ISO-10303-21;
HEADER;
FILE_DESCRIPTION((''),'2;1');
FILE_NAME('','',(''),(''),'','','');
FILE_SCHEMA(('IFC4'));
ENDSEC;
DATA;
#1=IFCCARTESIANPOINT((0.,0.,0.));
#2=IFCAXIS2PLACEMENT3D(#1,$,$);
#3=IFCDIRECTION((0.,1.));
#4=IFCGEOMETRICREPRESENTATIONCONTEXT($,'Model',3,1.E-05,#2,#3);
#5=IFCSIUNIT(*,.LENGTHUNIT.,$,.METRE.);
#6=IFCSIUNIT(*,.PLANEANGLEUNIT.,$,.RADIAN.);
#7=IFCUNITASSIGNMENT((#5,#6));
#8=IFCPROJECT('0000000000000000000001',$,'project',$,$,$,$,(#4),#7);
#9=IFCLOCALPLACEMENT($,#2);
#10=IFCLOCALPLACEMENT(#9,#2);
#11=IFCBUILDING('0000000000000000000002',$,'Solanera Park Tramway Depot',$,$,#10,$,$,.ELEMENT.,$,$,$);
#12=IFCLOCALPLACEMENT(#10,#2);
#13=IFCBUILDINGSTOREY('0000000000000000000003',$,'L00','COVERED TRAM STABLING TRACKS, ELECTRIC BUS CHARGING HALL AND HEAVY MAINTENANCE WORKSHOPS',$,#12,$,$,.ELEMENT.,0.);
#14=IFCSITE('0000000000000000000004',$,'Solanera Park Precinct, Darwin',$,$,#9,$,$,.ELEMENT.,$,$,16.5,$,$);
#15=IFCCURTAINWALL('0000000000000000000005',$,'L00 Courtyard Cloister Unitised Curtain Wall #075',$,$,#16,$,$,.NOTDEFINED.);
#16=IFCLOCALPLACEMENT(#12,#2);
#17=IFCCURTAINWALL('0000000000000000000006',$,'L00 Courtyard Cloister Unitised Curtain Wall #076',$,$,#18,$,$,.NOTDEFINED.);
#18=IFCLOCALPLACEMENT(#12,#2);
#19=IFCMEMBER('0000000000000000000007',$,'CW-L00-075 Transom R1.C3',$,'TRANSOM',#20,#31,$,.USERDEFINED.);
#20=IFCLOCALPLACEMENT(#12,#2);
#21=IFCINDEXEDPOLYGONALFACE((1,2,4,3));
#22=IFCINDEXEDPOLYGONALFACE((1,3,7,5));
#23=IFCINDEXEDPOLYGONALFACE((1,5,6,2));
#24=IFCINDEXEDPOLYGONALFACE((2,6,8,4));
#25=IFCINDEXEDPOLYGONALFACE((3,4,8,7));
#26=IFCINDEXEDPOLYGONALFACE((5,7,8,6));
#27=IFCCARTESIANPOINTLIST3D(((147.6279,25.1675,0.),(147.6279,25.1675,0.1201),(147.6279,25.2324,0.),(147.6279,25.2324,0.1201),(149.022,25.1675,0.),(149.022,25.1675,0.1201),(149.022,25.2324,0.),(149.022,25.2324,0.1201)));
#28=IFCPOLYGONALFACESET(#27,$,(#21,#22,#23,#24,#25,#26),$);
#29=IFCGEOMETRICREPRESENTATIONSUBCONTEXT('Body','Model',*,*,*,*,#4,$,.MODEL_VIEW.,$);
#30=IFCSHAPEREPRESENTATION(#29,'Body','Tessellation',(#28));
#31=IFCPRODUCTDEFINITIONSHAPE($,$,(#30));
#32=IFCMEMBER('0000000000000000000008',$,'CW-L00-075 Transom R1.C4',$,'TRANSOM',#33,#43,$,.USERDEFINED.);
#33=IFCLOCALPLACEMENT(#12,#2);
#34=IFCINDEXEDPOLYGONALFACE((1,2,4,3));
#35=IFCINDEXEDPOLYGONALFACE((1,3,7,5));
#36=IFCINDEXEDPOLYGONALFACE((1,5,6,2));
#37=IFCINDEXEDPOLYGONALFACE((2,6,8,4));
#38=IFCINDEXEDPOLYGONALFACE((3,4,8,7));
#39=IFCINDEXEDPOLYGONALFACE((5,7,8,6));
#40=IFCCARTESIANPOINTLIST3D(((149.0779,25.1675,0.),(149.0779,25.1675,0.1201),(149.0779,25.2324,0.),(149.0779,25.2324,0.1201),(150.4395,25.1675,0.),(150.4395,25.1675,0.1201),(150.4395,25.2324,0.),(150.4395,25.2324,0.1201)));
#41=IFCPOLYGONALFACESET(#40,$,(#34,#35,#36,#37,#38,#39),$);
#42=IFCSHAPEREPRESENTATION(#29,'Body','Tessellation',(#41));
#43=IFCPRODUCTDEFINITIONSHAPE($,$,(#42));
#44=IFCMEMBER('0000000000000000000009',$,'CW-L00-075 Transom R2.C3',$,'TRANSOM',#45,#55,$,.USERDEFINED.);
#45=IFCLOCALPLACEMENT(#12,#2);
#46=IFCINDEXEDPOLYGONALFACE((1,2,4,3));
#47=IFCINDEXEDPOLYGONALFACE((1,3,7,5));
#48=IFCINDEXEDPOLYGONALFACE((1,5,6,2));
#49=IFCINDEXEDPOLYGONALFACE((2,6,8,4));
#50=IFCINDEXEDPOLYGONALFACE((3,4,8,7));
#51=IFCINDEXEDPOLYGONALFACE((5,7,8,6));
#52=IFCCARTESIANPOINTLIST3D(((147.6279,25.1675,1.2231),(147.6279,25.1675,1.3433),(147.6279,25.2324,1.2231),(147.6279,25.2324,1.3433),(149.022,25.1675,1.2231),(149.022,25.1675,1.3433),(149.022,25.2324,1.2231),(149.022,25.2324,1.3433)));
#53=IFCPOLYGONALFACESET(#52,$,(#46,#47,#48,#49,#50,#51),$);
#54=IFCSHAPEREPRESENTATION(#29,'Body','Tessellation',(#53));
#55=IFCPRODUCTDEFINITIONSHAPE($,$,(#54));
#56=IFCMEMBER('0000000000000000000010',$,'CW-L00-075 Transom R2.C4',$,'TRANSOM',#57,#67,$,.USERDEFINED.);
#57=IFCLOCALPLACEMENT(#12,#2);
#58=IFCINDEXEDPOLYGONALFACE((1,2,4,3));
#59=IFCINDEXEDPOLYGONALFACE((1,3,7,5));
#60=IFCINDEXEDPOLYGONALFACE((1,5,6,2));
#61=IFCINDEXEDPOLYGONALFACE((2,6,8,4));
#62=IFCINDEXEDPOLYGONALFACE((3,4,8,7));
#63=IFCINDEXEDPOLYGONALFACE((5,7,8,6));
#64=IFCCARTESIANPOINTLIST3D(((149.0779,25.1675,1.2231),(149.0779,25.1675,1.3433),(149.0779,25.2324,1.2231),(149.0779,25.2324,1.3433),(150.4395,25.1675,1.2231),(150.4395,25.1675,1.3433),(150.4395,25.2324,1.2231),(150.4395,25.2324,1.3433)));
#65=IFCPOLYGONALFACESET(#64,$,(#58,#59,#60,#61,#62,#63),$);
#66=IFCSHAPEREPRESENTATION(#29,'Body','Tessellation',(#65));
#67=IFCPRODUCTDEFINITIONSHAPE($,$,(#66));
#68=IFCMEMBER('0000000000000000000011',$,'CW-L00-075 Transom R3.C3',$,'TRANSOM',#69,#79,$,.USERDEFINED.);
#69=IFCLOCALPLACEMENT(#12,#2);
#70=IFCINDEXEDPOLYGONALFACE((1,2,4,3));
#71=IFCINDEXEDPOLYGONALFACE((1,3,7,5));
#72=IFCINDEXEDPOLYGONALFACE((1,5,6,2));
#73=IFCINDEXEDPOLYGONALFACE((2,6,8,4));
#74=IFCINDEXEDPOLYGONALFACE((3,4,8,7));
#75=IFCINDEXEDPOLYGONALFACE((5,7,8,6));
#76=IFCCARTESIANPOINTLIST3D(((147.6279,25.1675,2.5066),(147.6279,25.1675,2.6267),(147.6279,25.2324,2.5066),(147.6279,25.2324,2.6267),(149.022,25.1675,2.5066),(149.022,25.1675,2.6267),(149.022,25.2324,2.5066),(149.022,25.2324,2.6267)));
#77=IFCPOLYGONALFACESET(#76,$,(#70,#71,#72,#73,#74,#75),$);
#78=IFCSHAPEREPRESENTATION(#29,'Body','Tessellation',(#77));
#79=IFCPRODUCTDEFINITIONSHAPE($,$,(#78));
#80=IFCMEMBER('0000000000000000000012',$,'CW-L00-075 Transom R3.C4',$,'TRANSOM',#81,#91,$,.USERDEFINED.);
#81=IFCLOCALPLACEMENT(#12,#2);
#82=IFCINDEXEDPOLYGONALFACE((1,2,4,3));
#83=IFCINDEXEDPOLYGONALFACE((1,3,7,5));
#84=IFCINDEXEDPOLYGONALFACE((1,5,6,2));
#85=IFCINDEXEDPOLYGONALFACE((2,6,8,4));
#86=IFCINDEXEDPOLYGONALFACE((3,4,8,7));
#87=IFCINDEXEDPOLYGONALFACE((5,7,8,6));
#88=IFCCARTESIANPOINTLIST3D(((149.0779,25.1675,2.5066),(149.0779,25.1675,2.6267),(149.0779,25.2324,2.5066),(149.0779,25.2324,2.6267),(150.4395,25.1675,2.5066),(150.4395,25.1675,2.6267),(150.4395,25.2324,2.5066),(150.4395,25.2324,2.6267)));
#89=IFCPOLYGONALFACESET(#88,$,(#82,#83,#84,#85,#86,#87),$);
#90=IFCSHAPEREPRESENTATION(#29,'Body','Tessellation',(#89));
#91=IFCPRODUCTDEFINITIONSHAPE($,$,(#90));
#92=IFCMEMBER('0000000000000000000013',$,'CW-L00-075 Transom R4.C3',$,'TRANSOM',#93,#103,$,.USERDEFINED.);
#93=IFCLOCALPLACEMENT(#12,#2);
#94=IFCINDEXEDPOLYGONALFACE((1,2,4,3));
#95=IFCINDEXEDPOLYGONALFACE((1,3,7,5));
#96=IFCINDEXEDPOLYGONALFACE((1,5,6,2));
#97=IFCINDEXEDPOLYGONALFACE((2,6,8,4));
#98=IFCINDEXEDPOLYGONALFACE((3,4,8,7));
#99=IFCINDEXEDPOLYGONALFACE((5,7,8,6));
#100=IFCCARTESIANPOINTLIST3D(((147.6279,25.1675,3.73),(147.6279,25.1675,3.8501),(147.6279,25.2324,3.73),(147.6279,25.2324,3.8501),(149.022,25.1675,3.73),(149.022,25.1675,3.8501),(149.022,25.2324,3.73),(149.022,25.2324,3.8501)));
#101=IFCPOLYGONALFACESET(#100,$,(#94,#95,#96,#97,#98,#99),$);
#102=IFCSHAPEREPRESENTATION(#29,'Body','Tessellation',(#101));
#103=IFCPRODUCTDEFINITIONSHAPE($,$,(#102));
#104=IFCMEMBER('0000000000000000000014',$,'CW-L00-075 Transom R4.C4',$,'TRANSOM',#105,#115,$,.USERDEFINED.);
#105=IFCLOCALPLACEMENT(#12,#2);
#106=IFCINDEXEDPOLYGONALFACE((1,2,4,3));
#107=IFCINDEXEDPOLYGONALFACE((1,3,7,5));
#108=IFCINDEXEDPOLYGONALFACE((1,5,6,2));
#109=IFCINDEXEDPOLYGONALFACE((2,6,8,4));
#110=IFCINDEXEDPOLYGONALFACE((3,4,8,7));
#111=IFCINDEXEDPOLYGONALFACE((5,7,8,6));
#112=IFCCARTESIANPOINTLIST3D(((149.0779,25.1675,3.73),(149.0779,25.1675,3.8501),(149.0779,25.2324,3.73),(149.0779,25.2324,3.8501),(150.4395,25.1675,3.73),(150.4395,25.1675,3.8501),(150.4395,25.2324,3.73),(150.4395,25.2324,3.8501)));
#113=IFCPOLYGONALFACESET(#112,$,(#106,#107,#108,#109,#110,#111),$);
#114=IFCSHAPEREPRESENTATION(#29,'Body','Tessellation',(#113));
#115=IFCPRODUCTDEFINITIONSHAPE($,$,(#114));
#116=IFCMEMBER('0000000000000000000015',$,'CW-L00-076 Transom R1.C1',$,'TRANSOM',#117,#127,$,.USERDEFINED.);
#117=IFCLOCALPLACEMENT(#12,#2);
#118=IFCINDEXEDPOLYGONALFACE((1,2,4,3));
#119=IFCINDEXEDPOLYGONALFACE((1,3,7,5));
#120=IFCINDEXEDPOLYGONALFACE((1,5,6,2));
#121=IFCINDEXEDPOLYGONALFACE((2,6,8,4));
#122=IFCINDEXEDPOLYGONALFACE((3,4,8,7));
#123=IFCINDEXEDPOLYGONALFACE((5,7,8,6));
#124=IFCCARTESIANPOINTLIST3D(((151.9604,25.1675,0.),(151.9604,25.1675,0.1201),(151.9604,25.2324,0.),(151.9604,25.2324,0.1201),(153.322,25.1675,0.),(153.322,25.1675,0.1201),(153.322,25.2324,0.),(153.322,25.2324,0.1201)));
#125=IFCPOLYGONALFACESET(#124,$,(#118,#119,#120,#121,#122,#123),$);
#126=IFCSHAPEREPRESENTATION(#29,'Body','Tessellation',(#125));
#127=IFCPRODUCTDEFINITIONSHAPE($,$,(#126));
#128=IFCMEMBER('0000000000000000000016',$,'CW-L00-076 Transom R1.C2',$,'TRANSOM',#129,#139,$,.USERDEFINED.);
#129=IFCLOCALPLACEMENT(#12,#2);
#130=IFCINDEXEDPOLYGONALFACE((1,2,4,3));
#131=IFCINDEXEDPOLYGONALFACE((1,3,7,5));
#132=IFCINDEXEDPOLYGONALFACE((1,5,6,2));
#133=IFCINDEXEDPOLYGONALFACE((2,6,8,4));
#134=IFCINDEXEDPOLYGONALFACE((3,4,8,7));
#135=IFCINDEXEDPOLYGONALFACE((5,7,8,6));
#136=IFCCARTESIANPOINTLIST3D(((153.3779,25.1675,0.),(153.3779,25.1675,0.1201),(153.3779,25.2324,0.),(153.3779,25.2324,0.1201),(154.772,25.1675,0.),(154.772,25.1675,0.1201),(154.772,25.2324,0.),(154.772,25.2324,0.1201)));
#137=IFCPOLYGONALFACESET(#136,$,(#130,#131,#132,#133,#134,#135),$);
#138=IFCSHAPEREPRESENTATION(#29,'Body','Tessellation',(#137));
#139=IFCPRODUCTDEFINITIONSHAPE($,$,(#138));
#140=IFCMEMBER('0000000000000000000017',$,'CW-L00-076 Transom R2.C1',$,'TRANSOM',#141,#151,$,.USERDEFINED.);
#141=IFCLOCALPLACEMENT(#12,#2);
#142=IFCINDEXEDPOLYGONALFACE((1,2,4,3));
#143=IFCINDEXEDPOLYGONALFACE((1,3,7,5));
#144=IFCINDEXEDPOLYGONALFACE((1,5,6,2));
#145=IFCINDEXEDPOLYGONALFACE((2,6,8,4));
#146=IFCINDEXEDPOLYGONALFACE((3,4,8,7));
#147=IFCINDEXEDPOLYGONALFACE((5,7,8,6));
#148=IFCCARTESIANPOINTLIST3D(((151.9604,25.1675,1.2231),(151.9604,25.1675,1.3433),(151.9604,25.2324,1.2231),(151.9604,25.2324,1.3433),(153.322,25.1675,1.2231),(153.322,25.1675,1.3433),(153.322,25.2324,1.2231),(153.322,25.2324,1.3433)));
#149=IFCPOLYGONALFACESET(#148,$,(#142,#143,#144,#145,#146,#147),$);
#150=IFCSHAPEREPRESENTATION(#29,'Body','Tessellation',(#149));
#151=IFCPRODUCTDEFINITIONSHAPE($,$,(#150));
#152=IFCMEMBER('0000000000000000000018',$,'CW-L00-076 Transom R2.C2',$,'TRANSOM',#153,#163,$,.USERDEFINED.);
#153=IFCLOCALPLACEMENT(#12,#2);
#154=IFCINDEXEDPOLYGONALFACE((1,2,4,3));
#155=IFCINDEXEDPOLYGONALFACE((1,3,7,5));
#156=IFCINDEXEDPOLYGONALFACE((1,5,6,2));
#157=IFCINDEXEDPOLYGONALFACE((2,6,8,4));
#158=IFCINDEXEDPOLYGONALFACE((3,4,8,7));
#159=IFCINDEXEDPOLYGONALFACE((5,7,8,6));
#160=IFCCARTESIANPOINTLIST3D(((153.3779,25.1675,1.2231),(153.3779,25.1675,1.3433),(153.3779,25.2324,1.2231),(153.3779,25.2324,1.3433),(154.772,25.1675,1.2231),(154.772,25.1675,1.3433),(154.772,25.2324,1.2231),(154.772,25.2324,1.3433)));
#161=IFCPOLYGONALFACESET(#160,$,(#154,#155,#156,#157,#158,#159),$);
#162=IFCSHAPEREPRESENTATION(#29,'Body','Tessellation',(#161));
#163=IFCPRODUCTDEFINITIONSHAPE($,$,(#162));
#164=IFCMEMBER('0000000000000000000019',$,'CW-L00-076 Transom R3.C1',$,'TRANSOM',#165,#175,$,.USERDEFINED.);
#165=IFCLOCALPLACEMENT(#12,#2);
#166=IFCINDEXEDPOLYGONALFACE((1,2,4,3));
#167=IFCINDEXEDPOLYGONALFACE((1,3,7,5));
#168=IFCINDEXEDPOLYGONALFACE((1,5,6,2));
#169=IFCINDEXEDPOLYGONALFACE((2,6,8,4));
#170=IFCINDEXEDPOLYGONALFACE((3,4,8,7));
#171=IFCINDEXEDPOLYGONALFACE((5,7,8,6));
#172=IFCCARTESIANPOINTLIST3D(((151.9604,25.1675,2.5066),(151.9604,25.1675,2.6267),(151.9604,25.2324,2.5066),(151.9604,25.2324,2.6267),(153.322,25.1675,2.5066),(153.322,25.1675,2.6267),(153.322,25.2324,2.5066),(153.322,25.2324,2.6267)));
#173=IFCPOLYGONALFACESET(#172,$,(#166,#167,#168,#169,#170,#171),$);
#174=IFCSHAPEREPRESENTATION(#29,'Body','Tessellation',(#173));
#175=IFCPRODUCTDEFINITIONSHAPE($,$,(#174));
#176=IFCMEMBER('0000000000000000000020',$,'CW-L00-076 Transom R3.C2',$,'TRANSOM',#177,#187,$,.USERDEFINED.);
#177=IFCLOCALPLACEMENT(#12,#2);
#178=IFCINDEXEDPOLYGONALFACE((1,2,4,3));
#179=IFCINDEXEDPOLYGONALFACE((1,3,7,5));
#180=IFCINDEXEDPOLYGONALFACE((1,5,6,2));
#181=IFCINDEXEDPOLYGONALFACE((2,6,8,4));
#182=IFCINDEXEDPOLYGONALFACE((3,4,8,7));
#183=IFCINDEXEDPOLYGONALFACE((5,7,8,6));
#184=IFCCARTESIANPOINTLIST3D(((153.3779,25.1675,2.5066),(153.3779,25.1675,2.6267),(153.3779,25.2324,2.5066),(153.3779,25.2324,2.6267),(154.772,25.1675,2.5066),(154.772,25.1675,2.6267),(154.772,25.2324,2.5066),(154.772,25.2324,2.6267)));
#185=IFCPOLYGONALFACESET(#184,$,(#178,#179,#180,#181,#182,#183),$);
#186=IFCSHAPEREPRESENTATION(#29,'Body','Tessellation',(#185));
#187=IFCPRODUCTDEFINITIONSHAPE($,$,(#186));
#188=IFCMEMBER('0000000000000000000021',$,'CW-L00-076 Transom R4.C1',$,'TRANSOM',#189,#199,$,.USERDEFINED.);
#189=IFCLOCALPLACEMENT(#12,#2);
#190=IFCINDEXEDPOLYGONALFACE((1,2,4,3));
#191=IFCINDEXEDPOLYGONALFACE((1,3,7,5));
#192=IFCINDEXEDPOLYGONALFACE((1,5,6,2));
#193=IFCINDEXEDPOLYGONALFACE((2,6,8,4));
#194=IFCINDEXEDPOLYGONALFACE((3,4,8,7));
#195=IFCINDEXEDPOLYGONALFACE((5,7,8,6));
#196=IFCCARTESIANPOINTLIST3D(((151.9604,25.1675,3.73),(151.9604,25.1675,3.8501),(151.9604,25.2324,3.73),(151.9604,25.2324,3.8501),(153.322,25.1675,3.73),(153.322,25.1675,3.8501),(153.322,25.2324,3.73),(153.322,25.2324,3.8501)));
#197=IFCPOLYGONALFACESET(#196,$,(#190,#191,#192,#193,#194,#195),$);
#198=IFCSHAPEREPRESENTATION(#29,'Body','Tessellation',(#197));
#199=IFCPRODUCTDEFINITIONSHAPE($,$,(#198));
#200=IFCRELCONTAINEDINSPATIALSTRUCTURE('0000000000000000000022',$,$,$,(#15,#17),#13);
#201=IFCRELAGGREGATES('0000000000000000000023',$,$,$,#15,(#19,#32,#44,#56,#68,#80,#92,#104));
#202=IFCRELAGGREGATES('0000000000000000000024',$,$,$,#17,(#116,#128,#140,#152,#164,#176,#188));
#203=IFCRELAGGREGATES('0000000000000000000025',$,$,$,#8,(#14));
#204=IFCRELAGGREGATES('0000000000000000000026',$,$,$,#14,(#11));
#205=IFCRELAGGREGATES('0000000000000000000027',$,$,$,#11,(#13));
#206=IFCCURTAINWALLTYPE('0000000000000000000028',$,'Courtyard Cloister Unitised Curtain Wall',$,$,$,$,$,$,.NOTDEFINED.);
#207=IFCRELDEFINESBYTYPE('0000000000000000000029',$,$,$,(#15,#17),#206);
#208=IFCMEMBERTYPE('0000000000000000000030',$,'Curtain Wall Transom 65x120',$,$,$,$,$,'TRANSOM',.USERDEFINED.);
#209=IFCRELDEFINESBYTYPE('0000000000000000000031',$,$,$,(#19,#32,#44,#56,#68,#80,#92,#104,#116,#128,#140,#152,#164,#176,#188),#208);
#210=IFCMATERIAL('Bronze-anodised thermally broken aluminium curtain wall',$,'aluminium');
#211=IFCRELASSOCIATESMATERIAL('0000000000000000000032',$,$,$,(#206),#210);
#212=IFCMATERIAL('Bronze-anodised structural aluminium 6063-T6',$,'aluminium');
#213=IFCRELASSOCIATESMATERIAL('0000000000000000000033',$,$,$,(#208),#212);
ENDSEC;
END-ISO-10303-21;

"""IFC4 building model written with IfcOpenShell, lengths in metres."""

from ifc_helpers import new_model, si_unit, direction, frame, origin, origin_2d, place, context, subcontext, project, spatial, rectangle, extrude, material, material_profile, profile_set, type_object, element, aggregate, save


model = new_model("IFC4")

# Units and contexts
model_context = context("Model", 3, precision=1e-05, world=origin(), true_north=direction((0.0, 1.0)))
body_context = subcontext(model_context, "Body", "Model", "MODEL_VIEW")
ifc_project = project(units=[si_unit("LENGTHUNIT", "METRE"), si_unit("PLANEANGLEUNIT", "RADIAN")], contexts=[model_context])

# Site, building, storey
site_placement = place(None, origin())
site = spatial("IfcSite", under=ifc_project, at=site_placement, Name="Solanera Park Precinct, Darwin", CompositionType="ELEMENT", RefElevation=16.5)
building_placement = place(site_placement, origin())
building = spatial("IfcBuilding", under=site, at=building_placement, Name="Solanera Park Tramway Depot", CompositionType="ELEMENT")
storey_placement = place(building_placement, origin())
storey = spatial("IfcBuildingStorey", under=building, at=storey_placement, Name="L00", Description="COVERED TRAM STABLING TRACKS, ELECTRIC BUS CHARGING HALL AND HEAVY MAINTENANCE WORKSHOPS", CompositionType="ELEMENT", Elevation=0.0)

# Curtain walls
ifc_material_1 = material(Name="Bronze-anodised thermally broken aluminium curtain wall", Category="aluminium")
curtain_wall_type = type_object("IfcCurtainWallType", Name="Courtyard Cloister Unitised Curtain Wall", PredefinedType="NOTDEFINED", material=ifc_material_1)
curtain_wall_1_placement = place(storey_placement, origin())
curtain_wall_1 = element("IfcCurtainWall", 1, at=curtain_wall_1_placement, inside=storey, type_object=curtain_wall_type, Name="L00 Courtyard Cloister Unitised Curtain Wall #075", PredefinedType="NOTDEFINED")
curtain_wall_2_placement = place(storey_placement, origin())
curtain_wall_2 = element("IfcCurtainWall", 2, at=curtain_wall_2_placement, inside=storey, type_object=curtain_wall_type, Name="L00 Courtyard Cloister Unitised Curtain Wall #076", PredefinedType="NOTDEFINED")

# Members
ifc_material_2 = material(Name="Bronze-anodised structural aluminium 6063-T6", Category="aluminium")
ifc_material_profile_1 = material_profile(ifc_material_2, rectangle(XDim=0.0649, YDim=0.1201, at=origin_2d()), Name="Curtain Wall Transom 65x120")
ifc_profile_set_1 = profile_set([ifc_material_profile_1], Name="Bronze-anodised structural aluminium 6063-T6")
member_type_1 = type_object("IfcMemberType", Name="Curtain Wall Transom 65x120", ElementType="TRANSOM", PredefinedType="USERDEFINED", material=ifc_profile_set_1)
member_1_placement = place(storey_placement, frame((147.6279, 25.2, 0.0601), z_axis=(1.0, 0.0, 0.0), x_axis=(0.0, 1.0, 0.0)))
member_1 = element("IfcMember", 3, at=member_1_placement, type_object=member_type_1, Name="CW-L00-075 Transom R1.C3", ObjectType="TRANSOM", PredefinedType="USERDEFINED", context=body_context, shape_type="SweptSolid", body=[
    extrude(rectangle(XDim=0.0649, YDim=0.1201, at=origin_2d()), origin(), (0.0, 0.0, 1.0), 1.394),
])
member_2_placement = place(storey_placement, frame((149.0779, 25.2, 0.0601), z_axis=(1.0, 0.0, 0.0), x_axis=(0.0, 1.0, 0.0)))
member_2 = element("IfcMember", 4, at=member_2_placement, type_object=member_type_1, Name="CW-L00-075 Transom R1.C4", ObjectType="TRANSOM", PredefinedType="USERDEFINED", context=body_context, shape_type="SweptSolid", body=[
    extrude(rectangle(XDim=0.0649, YDim=0.1201, at=origin_2d()), origin(), (0.0, 0.0, 1.0), 1.3616),
])
member_3_placement = place(storey_placement, frame((147.6279, 25.2, 1.2832), z_axis=(1.0, 0.0, 0.0), x_axis=(0.0, 1.0, 0.0)))
member_3 = element("IfcMember", 5, at=member_3_placement, type_object=member_type_1, Name="CW-L00-075 Transom R2.C3", ObjectType="TRANSOM", PredefinedType="USERDEFINED", context=body_context, shape_type="SweptSolid", body=[
    extrude(rectangle(XDim=0.0649, YDim=0.1201, at=origin_2d()), origin(), (0.0, 0.0, 1.0), 1.394),
])
member_4_placement = place(storey_placement, frame((149.0779, 25.2, 1.2832), z_axis=(1.0, 0.0, 0.0), x_axis=(0.0, 1.0, 0.0)))
member_4 = element("IfcMember", 6, at=member_4_placement, type_object=member_type_1, Name="CW-L00-075 Transom R2.C4", ObjectType="TRANSOM", PredefinedType="USERDEFINED", context=body_context, shape_type="SweptSolid", body=[
    extrude(rectangle(XDim=0.0649, YDim=0.1201, at=origin_2d()), origin(), (0.0, 0.0, 1.0), 1.3616),
])
member_5_placement = place(storey_placement, frame((147.6279, 25.2, 2.5667), z_axis=(1.0, 0.0, 0.0), x_axis=(0.0, 1.0, 0.0)))
member_5 = element("IfcMember", 7, at=member_5_placement, type_object=member_type_1, Name="CW-L00-075 Transom R3.C3", ObjectType="TRANSOM", PredefinedType="USERDEFINED", context=body_context, shape_type="SweptSolid", body=[
    extrude(rectangle(XDim=0.0649, YDim=0.1201, at=origin_2d()), origin(), (0.0, 0.0, 1.0), 1.394),
])
member_6_placement = place(storey_placement, frame((149.0779, 25.2, 2.5667), z_axis=(1.0, 0.0, 0.0), x_axis=(0.0, 1.0, 0.0)))
member_6 = element("IfcMember", 8, at=member_6_placement, type_object=member_type_1, Name="CW-L00-075 Transom R3.C4", ObjectType="TRANSOM", PredefinedType="USERDEFINED", context=body_context, shape_type="SweptSolid", body=[
    extrude(rectangle(XDim=0.0649, YDim=0.1201, at=origin_2d()), origin(), (0.0, 0.0, 1.0), 1.3616),
])
member_7_placement = place(storey_placement, frame((147.6279, 25.2, 3.79), z_axis=(1.0, 0.0, 0.0), x_axis=(0.0, 1.0, 0.0)))
member_7 = element("IfcMember", 9, at=member_7_placement, type_object=member_type_1, Name="CW-L00-075 Transom R4.C3", ObjectType="TRANSOM", PredefinedType="USERDEFINED", context=body_context, shape_type="SweptSolid", body=[
    extrude(rectangle(XDim=0.0649, YDim=0.1201, at=origin_2d()), origin(), (0.0, 0.0, 1.0), 1.394),
])
member_8_placement = place(storey_placement, frame((149.0779, 25.2, 3.79), z_axis=(1.0, 0.0, 0.0), x_axis=(0.0, 1.0, 0.0)))
member_8 = element("IfcMember", 10, at=member_8_placement, type_object=member_type_1, Name="CW-L00-075 Transom R4.C4", ObjectType="TRANSOM", PredefinedType="USERDEFINED", context=body_context, shape_type="SweptSolid", body=[
    extrude(rectangle(XDim=0.0649, YDim=0.1201, at=origin_2d()), origin(), (0.0, 0.0, 1.0), 1.3616),
])
member_9_placement = place(storey_placement, frame((151.9604, 25.2, 0.0601), z_axis=(1.0, 0.0, 0.0), x_axis=(0.0, 1.0, 0.0)))
member_9 = element("IfcMember", 11, at=member_9_placement, type_object=member_type_1, Name="CW-L00-076 Transom R1.C1", ObjectType="TRANSOM", PredefinedType="USERDEFINED", context=body_context, shape_type="SweptSolid", body=[
    extrude(rectangle(XDim=0.0649, YDim=0.1201, at=origin_2d()), origin(), (0.0, 0.0, 1.0), 1.3616),
])
member_10_placement = place(storey_placement, frame((153.3779, 25.2, 0.0601), z_axis=(1.0, 0.0, 0.0), x_axis=(0.0, 1.0, 0.0)))
member_10 = element("IfcMember", 12, at=member_10_placement, type_object=member_type_1, Name="CW-L00-076 Transom R1.C2", ObjectType="TRANSOM", PredefinedType="USERDEFINED", context=body_context, shape_type="SweptSolid", body=[
    extrude(rectangle(XDim=0.0649, YDim=0.1201, at=origin_2d()), origin(), (0.0, 0.0, 1.0), 1.394),
])
member_11_placement = place(storey_placement, frame((151.9604, 25.2, 1.2832), z_axis=(1.0, 0.0, 0.0), x_axis=(0.0, 1.0, 0.0)))
member_11 = element("IfcMember", 13, at=member_11_placement, type_object=member_type_1, Name="CW-L00-076 Transom R2.C1", ObjectType="TRANSOM", PredefinedType="USERDEFINED", context=body_context, shape_type="SweptSolid", body=[
    extrude(rectangle(XDim=0.0649, YDim=0.1201, at=origin_2d()), origin(), (0.0, 0.0, 1.0), 1.3616),
])
member_12_placement = place(storey_placement, frame((153.3779, 25.2, 1.2832), z_axis=(1.0, 0.0, 0.0), x_axis=(0.0, 1.0, 0.0)))
member_12 = element("IfcMember", 14, at=member_12_placement, type_object=member_type_1, Name="CW-L00-076 Transom R2.C2", ObjectType="TRANSOM", PredefinedType="USERDEFINED", context=body_context, shape_type="SweptSolid", body=[
    extrude(rectangle(XDim=0.0649, YDim=0.1201, at=origin_2d()), origin(), (0.0, 0.0, 1.0), 1.394),
])
member_13_placement = place(storey_placement, frame((151.9604, 25.2, 2.5667), z_axis=(1.0, 0.0, 0.0), x_axis=(0.0, 1.0, 0.0)))
member_13 = element("IfcMember", 15, at=member_13_placement, type_object=member_type_1, Name="CW-L00-076 Transom R3.C1", ObjectType="TRANSOM", PredefinedType="USERDEFINED", context=body_context, shape_type="SweptSolid", body=[
    extrude(rectangle(XDim=0.0649, YDim=0.1201, at=origin_2d()), origin(), (0.0, 0.0, 1.0), 1.3616),
])
member_14_placement = place(storey_placement, frame((153.3779, 25.2, 2.5667), z_axis=(1.0, 0.0, 0.0), x_axis=(0.0, 1.0, 0.0)))
member_14 = element("IfcMember", 16, at=member_14_placement, type_object=member_type_1, Name="CW-L00-076 Transom R3.C2", ObjectType="TRANSOM", PredefinedType="USERDEFINED", context=body_context, shape_type="SweptSolid", body=[
    extrude(rectangle(XDim=0.0649, YDim=0.1201, at=origin_2d()), origin(), (0.0, 0.0, 1.0), 1.394),
])
member_15_placement = place(storey_placement, frame((151.9604, 25.2, 3.79), z_axis=(1.0, 0.0, 0.0), x_axis=(0.0, 1.0, 0.0)))
member_15 = element("IfcMember", 17, at=member_15_placement, type_object=member_type_1, Name="CW-L00-076 Transom R4.C1", ObjectType="TRANSOM", PredefinedType="USERDEFINED", context=body_context, shape_type="SweptSolid", body=[
    extrude(rectangle(XDim=0.0649, YDim=0.1201, at=origin_2d()), origin(), (0.0, 0.0, 1.0), 1.3616),
])

aggregate(curtain_wall_1, [member_1, member_2, member_3, member_4, member_5, member_6, member_7, member_8])
aggregate(curtain_wall_2, [member_9, member_10, member_11, member_12, member_13, member_14, member_15])

save(model, "model.ifc")
